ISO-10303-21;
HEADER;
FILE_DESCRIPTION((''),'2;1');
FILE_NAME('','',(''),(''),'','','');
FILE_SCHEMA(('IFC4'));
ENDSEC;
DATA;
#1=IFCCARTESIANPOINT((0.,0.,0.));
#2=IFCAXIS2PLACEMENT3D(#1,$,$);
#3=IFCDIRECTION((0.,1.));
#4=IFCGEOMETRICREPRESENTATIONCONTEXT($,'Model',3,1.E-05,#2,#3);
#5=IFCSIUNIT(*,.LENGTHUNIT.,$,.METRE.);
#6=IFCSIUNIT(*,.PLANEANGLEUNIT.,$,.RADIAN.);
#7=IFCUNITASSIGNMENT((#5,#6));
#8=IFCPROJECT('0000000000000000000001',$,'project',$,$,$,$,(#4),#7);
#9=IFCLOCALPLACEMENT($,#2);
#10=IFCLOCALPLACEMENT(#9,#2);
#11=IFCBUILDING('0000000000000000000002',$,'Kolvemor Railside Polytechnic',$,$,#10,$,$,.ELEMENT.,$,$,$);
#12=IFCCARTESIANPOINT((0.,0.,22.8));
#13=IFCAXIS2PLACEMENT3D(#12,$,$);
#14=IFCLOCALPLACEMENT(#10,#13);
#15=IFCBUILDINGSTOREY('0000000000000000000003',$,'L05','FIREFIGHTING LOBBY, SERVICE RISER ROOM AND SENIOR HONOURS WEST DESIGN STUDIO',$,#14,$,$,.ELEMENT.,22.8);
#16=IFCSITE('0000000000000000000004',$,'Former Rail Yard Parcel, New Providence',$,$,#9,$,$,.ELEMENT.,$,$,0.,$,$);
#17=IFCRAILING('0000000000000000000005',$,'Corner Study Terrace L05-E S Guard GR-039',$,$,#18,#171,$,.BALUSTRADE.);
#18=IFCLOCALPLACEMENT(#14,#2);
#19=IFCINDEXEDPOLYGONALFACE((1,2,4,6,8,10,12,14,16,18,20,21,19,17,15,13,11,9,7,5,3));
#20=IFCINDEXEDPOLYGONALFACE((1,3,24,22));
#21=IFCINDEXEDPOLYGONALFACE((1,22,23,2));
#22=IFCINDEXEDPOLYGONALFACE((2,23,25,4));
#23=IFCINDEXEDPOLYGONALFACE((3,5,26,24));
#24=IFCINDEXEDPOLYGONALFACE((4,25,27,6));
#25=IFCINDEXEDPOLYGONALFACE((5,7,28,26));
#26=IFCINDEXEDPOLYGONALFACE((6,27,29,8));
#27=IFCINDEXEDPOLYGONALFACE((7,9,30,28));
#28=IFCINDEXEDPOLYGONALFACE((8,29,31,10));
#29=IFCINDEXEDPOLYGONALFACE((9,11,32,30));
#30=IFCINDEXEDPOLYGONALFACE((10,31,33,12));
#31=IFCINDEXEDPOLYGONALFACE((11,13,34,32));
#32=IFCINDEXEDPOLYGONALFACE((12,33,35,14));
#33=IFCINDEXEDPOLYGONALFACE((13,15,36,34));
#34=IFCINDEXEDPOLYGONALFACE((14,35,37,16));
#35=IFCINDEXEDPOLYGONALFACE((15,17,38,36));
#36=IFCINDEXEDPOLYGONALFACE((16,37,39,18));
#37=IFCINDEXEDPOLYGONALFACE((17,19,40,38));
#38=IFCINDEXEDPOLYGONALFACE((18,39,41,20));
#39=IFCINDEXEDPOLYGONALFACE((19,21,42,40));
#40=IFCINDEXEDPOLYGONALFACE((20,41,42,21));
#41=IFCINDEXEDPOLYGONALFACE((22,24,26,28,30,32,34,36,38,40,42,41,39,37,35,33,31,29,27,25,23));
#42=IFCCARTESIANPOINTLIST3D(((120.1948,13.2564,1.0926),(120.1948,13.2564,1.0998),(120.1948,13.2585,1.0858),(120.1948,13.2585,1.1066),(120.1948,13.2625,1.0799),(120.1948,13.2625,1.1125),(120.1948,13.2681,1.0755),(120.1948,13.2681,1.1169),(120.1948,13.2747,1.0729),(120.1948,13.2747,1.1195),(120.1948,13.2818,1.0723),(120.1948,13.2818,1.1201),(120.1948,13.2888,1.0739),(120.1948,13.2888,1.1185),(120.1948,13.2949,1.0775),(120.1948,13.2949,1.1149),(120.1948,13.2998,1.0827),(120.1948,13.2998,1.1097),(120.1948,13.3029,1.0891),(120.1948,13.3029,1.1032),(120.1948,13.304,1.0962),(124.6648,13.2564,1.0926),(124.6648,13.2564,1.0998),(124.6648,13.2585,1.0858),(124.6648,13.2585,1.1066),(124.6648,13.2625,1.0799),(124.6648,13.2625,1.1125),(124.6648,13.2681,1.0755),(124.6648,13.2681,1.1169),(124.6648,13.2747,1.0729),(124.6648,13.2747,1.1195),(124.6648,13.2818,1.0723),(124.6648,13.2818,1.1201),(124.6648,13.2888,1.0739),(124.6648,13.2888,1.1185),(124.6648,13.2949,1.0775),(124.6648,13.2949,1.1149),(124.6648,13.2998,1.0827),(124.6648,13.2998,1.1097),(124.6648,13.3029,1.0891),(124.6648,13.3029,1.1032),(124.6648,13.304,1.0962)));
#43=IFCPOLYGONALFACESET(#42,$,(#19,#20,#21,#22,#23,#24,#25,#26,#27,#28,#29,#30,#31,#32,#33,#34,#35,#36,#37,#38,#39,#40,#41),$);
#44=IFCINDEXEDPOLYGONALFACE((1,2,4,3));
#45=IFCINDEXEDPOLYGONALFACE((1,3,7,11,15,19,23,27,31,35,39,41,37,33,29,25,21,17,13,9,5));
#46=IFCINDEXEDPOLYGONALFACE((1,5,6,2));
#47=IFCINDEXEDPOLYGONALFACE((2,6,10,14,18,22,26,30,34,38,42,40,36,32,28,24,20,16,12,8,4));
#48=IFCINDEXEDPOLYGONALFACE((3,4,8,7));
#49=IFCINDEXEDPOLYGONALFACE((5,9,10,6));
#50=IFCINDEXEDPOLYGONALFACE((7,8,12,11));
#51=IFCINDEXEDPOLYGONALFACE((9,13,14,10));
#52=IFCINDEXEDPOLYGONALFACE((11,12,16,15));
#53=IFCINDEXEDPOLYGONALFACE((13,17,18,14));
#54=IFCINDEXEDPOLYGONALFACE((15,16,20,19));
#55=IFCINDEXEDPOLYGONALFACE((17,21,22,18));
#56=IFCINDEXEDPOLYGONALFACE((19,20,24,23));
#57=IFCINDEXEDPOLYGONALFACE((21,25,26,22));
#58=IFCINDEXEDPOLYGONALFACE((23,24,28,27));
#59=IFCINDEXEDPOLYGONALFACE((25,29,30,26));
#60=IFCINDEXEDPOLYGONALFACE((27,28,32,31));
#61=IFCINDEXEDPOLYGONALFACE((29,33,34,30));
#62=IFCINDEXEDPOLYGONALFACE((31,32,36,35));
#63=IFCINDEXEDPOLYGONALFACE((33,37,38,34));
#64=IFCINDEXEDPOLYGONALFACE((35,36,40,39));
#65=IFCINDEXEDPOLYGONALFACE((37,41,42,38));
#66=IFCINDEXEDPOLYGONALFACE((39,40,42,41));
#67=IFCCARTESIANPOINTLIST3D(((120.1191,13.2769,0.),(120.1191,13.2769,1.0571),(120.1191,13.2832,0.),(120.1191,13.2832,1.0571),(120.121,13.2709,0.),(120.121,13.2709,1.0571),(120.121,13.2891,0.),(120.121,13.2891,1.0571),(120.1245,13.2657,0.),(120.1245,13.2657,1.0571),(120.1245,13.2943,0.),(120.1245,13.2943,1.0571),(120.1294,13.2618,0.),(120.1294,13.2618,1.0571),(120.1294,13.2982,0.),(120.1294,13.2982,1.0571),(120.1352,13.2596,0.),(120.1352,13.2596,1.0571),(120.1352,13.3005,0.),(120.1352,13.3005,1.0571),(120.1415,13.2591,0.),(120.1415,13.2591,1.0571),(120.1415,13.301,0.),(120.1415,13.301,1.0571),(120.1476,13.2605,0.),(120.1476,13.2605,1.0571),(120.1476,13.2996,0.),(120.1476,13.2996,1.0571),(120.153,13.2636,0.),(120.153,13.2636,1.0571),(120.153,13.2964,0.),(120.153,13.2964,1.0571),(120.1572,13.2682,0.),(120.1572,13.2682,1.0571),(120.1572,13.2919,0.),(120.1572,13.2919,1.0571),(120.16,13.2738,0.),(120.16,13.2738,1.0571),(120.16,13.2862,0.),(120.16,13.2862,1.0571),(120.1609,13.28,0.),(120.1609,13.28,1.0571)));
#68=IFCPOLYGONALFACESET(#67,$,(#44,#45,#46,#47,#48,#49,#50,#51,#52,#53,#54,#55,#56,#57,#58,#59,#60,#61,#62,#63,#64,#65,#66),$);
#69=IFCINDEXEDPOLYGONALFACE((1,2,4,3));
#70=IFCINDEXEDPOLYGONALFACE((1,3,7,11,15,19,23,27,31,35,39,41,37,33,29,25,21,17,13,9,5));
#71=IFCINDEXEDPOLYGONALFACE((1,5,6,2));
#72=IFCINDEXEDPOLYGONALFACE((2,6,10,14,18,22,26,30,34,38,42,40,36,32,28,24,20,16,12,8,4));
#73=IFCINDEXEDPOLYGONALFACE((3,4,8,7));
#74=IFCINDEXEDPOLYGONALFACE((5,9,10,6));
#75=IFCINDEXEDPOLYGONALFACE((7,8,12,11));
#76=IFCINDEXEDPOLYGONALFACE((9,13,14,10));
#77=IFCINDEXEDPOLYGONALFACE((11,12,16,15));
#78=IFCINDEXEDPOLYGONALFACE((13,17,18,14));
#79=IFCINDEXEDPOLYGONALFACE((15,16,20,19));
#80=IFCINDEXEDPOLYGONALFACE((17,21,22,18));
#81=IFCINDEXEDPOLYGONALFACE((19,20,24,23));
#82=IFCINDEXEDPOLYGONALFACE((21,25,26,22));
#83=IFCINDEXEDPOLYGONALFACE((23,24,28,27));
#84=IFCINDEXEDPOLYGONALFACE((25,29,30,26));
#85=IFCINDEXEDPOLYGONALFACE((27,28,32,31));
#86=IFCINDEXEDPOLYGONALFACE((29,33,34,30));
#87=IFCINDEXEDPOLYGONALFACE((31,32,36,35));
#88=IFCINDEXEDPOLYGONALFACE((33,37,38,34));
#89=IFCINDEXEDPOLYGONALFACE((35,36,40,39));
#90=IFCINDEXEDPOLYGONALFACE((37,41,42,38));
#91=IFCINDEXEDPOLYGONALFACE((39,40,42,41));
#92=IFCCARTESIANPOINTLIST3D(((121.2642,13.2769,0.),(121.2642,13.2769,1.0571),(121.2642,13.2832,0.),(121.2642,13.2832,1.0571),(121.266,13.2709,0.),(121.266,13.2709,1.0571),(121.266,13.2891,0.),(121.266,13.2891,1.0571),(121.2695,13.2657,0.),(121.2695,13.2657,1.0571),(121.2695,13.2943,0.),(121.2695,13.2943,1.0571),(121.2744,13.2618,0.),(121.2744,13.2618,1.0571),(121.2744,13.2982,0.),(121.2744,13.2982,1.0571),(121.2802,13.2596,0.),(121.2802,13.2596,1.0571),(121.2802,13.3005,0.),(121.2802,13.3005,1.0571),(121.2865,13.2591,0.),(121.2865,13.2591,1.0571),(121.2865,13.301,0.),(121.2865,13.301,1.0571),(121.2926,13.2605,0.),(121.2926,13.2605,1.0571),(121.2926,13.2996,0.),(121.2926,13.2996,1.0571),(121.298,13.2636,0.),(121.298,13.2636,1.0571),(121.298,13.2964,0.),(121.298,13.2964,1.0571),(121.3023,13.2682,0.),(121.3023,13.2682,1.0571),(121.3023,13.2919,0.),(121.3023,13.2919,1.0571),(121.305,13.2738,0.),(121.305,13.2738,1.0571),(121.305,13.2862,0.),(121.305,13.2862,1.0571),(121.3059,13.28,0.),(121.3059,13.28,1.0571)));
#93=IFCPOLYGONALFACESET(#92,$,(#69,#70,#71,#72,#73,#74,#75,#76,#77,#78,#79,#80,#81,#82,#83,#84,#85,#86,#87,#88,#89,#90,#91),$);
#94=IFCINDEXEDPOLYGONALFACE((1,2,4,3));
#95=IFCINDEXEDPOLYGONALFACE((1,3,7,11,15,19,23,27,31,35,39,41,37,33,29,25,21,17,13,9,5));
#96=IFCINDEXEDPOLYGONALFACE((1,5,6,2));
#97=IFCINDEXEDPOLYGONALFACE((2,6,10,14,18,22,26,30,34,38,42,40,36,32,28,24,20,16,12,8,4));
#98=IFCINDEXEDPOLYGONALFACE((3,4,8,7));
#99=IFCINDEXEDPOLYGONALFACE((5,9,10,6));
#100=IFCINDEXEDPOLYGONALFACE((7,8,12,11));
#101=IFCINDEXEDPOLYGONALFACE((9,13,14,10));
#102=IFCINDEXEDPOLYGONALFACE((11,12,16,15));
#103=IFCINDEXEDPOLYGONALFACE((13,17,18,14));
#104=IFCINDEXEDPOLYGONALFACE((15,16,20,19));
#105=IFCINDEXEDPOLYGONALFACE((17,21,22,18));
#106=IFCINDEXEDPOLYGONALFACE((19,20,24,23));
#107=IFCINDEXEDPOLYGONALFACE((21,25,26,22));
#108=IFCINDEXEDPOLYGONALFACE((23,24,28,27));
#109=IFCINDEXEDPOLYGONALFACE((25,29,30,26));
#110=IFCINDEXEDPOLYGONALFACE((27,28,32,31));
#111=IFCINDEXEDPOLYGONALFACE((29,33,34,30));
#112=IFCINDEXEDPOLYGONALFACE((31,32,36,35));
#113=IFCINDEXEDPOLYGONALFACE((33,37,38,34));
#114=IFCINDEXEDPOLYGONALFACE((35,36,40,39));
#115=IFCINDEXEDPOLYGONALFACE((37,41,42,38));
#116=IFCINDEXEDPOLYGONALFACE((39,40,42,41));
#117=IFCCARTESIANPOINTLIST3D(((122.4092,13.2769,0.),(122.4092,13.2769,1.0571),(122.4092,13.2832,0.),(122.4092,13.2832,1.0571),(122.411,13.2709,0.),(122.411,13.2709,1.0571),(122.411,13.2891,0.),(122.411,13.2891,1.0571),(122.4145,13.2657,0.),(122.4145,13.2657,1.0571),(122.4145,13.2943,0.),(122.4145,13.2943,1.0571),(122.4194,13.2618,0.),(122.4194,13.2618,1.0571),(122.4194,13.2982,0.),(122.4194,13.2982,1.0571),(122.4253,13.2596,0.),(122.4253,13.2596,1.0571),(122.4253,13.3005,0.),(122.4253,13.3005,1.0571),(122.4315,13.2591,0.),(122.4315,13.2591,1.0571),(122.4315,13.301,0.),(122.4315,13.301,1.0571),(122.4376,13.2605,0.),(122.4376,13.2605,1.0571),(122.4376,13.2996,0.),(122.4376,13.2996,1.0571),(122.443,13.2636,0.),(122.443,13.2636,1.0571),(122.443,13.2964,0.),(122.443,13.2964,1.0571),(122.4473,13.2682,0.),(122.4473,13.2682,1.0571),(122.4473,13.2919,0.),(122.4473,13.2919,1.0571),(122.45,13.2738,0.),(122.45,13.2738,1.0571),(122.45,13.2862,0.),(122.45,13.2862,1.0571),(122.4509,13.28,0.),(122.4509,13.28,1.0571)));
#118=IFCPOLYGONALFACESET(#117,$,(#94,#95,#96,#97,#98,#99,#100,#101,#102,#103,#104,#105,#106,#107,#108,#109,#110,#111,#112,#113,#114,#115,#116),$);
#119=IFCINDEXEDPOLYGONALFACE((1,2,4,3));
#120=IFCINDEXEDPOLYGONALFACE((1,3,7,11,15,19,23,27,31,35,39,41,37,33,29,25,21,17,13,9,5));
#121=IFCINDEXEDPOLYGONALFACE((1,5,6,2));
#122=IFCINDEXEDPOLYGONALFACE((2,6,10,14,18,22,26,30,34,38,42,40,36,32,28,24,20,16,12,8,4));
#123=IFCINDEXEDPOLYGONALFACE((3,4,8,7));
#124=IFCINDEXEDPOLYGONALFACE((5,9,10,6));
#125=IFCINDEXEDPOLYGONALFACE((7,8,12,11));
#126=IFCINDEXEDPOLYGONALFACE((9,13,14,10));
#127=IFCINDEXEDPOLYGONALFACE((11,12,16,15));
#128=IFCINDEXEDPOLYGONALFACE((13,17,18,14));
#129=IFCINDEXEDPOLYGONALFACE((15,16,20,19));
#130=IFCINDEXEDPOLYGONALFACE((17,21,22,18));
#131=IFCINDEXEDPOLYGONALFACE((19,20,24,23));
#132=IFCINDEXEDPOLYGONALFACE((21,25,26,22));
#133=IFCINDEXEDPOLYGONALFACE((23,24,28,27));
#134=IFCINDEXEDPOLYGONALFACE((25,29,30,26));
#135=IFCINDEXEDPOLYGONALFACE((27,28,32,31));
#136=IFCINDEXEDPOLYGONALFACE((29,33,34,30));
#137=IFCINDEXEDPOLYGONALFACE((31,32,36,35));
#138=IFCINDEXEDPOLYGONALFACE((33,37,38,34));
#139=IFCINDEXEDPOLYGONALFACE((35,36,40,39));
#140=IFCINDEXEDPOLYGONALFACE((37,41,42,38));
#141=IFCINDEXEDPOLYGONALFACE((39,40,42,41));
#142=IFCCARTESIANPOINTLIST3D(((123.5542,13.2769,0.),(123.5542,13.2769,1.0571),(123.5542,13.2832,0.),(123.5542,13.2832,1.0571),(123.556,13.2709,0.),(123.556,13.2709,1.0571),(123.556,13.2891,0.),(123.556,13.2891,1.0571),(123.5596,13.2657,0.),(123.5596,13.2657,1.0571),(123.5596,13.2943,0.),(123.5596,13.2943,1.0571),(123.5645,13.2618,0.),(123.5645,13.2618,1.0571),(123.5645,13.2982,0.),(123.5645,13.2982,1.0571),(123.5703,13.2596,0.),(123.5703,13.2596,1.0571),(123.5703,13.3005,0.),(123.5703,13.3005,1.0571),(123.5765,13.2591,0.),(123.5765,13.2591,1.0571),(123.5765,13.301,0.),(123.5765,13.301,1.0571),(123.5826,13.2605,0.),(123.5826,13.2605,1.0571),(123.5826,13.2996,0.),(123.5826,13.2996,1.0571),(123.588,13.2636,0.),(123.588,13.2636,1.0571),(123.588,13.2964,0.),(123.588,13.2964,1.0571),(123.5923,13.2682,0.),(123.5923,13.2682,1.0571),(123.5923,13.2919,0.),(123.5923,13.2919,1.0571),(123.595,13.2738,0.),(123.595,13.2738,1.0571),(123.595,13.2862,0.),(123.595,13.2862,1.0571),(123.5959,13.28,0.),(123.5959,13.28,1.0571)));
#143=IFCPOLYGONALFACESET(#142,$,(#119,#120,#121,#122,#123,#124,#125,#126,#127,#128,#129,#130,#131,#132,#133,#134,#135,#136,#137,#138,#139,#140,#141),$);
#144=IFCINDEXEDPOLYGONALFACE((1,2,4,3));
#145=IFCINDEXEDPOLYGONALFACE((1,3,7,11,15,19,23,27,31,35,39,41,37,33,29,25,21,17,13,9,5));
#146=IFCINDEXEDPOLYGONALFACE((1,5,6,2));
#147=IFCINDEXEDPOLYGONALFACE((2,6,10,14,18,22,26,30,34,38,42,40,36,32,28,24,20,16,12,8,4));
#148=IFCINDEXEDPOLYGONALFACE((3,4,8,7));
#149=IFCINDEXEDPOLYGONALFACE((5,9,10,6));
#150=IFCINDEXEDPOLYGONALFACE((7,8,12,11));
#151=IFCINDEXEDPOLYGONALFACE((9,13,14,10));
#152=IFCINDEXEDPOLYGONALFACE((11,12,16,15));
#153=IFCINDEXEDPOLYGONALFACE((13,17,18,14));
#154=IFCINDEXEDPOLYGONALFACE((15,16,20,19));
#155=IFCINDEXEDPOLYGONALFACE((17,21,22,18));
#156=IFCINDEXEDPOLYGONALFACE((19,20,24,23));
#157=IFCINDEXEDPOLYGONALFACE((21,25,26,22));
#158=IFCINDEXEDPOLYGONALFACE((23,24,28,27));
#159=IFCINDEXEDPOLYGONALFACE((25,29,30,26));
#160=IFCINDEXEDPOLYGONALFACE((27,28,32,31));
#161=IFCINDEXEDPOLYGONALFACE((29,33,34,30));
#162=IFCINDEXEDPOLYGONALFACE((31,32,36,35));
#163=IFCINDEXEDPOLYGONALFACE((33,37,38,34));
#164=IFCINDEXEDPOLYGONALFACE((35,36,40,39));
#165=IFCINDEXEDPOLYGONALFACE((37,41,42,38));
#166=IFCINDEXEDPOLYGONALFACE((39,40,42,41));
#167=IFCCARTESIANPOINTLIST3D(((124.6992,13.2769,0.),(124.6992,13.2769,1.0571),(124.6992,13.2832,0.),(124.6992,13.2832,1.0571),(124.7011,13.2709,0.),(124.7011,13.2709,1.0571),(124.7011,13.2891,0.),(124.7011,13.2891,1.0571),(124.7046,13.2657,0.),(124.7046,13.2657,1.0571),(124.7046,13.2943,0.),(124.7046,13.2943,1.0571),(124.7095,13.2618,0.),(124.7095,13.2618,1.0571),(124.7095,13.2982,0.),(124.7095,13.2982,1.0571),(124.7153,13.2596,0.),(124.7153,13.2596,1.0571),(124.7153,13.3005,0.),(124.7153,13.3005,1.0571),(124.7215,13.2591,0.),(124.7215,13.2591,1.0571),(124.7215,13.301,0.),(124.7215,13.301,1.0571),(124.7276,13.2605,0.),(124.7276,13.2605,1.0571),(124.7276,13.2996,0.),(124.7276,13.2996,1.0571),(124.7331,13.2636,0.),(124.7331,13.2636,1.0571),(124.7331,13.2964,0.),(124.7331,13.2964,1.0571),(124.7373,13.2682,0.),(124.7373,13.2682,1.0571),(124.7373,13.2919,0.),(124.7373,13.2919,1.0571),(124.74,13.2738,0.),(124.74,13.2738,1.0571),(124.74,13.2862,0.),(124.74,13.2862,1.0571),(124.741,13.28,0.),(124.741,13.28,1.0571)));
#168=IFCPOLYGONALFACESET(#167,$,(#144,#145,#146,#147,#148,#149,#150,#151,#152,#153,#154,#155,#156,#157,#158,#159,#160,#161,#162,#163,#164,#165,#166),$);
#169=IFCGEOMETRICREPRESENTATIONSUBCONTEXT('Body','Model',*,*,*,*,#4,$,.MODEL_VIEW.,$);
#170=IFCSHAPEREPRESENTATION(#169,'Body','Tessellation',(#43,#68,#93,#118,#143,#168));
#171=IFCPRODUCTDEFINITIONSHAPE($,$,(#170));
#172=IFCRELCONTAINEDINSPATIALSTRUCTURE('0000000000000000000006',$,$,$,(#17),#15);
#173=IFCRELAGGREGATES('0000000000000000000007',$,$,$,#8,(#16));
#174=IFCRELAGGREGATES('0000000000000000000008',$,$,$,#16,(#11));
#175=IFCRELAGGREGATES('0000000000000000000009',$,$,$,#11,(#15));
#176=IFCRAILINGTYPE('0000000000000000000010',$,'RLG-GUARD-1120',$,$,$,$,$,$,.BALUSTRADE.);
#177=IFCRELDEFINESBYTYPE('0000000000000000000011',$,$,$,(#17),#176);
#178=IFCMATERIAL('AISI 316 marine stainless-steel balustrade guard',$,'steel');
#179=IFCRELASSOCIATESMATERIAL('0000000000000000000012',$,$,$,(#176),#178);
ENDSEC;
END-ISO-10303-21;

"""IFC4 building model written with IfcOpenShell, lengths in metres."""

from ifc_helpers import new_model, si_unit, direction, frame, origin, origin_2d, place, context, subcontext, project, spatial, circle, extrude, material, type_object, element, save


model = new_model("IFC4")

# Units and contexts
model_context = context("Model", 3, precision=1e-05, world=origin(), true_north=direction((0.0, 1.0)))
body_context = subcontext(model_context, "Body", "Model", "MODEL_VIEW")
ifc_project = project(units=[si_unit("LENGTHUNIT", "METRE"), si_unit("PLANEANGLEUNIT", "RADIAN")], contexts=[model_context])

# Site, building, storey
site_placement = place(None, origin())
site = spatial("IfcSite", under=ifc_project, at=site_placement, Name="Former Rail Yard Parcel, New Providence", CompositionType="ELEMENT", RefElevation=0.0)
building_placement = place(site_placement, origin())
building = spatial("IfcBuilding", under=site, at=building_placement, Name="Kolvemor Railside Polytechnic", CompositionType="ELEMENT")
storey_placement = place(building_placement, frame((0.0, 0.0, 22.8)))
storey = spatial("IfcBuildingStorey", under=building, at=storey_placement, Name="L05", Description="FIREFIGHTING LOBBY, SERVICE RISER ROOM AND SENIOR HONOURS WEST DESIGN STUDIO", CompositionType="ELEMENT", Elevation=22.8)

# Railing
ifc_material_1 = material(Name="AISI 316 marine stainless-steel balustrade guard", Category="steel")
railing_type = type_object("IfcRailingType", Name="RLG-GUARD-1120", PredefinedType="BALUSTRADE", material=ifc_material_1)
railing_placement = place(storey_placement, frame((120.1399, 13.28, 0.0)))
element("IfcRailing", 1, at=railing_placement, inside=storey, type_object=railing_type, Name="Corner Study Terrace L05-E S Guard GR-039", PredefinedType="BALUSTRADE", context=body_context, shape_type="SweptSolid", body=[
    extrude(circle(Radius=0.0239, at=origin_2d()), frame((0.0549, 0.0, 1.0962), z_axis=(1.0, 0.0, 0.0), x_axis=(0.0, 1.0, 0.0)), (0.0, 0.0, 1.0), 4.47),
    extrude(circle(Radius=0.021, at=origin_2d()), origin(), (0.0, 0.0, 1.0), 1.0571),
    extrude(circle(Radius=0.021, at=origin_2d()), frame((1.145, 0.0, 0.0)), (0.0, 0.0, 1.0), 1.0571),
    extrude(circle(Radius=0.021, at=origin_2d()), frame((2.29, 0.0, 0.0)), (0.0, 0.0, 1.0), 1.0571),
    extrude(circle(Radius=0.021, at=origin_2d()), frame((3.4351, 0.0, 0.0)), (0.0, 0.0, 1.0), 1.0571),
    extrude(circle(Radius=0.021, at=origin_2d()), frame((4.5801, 0.0, 0.0)), (0.0, 0.0, 1.0), 1.0571),
])

save(model, "model.ifc")
